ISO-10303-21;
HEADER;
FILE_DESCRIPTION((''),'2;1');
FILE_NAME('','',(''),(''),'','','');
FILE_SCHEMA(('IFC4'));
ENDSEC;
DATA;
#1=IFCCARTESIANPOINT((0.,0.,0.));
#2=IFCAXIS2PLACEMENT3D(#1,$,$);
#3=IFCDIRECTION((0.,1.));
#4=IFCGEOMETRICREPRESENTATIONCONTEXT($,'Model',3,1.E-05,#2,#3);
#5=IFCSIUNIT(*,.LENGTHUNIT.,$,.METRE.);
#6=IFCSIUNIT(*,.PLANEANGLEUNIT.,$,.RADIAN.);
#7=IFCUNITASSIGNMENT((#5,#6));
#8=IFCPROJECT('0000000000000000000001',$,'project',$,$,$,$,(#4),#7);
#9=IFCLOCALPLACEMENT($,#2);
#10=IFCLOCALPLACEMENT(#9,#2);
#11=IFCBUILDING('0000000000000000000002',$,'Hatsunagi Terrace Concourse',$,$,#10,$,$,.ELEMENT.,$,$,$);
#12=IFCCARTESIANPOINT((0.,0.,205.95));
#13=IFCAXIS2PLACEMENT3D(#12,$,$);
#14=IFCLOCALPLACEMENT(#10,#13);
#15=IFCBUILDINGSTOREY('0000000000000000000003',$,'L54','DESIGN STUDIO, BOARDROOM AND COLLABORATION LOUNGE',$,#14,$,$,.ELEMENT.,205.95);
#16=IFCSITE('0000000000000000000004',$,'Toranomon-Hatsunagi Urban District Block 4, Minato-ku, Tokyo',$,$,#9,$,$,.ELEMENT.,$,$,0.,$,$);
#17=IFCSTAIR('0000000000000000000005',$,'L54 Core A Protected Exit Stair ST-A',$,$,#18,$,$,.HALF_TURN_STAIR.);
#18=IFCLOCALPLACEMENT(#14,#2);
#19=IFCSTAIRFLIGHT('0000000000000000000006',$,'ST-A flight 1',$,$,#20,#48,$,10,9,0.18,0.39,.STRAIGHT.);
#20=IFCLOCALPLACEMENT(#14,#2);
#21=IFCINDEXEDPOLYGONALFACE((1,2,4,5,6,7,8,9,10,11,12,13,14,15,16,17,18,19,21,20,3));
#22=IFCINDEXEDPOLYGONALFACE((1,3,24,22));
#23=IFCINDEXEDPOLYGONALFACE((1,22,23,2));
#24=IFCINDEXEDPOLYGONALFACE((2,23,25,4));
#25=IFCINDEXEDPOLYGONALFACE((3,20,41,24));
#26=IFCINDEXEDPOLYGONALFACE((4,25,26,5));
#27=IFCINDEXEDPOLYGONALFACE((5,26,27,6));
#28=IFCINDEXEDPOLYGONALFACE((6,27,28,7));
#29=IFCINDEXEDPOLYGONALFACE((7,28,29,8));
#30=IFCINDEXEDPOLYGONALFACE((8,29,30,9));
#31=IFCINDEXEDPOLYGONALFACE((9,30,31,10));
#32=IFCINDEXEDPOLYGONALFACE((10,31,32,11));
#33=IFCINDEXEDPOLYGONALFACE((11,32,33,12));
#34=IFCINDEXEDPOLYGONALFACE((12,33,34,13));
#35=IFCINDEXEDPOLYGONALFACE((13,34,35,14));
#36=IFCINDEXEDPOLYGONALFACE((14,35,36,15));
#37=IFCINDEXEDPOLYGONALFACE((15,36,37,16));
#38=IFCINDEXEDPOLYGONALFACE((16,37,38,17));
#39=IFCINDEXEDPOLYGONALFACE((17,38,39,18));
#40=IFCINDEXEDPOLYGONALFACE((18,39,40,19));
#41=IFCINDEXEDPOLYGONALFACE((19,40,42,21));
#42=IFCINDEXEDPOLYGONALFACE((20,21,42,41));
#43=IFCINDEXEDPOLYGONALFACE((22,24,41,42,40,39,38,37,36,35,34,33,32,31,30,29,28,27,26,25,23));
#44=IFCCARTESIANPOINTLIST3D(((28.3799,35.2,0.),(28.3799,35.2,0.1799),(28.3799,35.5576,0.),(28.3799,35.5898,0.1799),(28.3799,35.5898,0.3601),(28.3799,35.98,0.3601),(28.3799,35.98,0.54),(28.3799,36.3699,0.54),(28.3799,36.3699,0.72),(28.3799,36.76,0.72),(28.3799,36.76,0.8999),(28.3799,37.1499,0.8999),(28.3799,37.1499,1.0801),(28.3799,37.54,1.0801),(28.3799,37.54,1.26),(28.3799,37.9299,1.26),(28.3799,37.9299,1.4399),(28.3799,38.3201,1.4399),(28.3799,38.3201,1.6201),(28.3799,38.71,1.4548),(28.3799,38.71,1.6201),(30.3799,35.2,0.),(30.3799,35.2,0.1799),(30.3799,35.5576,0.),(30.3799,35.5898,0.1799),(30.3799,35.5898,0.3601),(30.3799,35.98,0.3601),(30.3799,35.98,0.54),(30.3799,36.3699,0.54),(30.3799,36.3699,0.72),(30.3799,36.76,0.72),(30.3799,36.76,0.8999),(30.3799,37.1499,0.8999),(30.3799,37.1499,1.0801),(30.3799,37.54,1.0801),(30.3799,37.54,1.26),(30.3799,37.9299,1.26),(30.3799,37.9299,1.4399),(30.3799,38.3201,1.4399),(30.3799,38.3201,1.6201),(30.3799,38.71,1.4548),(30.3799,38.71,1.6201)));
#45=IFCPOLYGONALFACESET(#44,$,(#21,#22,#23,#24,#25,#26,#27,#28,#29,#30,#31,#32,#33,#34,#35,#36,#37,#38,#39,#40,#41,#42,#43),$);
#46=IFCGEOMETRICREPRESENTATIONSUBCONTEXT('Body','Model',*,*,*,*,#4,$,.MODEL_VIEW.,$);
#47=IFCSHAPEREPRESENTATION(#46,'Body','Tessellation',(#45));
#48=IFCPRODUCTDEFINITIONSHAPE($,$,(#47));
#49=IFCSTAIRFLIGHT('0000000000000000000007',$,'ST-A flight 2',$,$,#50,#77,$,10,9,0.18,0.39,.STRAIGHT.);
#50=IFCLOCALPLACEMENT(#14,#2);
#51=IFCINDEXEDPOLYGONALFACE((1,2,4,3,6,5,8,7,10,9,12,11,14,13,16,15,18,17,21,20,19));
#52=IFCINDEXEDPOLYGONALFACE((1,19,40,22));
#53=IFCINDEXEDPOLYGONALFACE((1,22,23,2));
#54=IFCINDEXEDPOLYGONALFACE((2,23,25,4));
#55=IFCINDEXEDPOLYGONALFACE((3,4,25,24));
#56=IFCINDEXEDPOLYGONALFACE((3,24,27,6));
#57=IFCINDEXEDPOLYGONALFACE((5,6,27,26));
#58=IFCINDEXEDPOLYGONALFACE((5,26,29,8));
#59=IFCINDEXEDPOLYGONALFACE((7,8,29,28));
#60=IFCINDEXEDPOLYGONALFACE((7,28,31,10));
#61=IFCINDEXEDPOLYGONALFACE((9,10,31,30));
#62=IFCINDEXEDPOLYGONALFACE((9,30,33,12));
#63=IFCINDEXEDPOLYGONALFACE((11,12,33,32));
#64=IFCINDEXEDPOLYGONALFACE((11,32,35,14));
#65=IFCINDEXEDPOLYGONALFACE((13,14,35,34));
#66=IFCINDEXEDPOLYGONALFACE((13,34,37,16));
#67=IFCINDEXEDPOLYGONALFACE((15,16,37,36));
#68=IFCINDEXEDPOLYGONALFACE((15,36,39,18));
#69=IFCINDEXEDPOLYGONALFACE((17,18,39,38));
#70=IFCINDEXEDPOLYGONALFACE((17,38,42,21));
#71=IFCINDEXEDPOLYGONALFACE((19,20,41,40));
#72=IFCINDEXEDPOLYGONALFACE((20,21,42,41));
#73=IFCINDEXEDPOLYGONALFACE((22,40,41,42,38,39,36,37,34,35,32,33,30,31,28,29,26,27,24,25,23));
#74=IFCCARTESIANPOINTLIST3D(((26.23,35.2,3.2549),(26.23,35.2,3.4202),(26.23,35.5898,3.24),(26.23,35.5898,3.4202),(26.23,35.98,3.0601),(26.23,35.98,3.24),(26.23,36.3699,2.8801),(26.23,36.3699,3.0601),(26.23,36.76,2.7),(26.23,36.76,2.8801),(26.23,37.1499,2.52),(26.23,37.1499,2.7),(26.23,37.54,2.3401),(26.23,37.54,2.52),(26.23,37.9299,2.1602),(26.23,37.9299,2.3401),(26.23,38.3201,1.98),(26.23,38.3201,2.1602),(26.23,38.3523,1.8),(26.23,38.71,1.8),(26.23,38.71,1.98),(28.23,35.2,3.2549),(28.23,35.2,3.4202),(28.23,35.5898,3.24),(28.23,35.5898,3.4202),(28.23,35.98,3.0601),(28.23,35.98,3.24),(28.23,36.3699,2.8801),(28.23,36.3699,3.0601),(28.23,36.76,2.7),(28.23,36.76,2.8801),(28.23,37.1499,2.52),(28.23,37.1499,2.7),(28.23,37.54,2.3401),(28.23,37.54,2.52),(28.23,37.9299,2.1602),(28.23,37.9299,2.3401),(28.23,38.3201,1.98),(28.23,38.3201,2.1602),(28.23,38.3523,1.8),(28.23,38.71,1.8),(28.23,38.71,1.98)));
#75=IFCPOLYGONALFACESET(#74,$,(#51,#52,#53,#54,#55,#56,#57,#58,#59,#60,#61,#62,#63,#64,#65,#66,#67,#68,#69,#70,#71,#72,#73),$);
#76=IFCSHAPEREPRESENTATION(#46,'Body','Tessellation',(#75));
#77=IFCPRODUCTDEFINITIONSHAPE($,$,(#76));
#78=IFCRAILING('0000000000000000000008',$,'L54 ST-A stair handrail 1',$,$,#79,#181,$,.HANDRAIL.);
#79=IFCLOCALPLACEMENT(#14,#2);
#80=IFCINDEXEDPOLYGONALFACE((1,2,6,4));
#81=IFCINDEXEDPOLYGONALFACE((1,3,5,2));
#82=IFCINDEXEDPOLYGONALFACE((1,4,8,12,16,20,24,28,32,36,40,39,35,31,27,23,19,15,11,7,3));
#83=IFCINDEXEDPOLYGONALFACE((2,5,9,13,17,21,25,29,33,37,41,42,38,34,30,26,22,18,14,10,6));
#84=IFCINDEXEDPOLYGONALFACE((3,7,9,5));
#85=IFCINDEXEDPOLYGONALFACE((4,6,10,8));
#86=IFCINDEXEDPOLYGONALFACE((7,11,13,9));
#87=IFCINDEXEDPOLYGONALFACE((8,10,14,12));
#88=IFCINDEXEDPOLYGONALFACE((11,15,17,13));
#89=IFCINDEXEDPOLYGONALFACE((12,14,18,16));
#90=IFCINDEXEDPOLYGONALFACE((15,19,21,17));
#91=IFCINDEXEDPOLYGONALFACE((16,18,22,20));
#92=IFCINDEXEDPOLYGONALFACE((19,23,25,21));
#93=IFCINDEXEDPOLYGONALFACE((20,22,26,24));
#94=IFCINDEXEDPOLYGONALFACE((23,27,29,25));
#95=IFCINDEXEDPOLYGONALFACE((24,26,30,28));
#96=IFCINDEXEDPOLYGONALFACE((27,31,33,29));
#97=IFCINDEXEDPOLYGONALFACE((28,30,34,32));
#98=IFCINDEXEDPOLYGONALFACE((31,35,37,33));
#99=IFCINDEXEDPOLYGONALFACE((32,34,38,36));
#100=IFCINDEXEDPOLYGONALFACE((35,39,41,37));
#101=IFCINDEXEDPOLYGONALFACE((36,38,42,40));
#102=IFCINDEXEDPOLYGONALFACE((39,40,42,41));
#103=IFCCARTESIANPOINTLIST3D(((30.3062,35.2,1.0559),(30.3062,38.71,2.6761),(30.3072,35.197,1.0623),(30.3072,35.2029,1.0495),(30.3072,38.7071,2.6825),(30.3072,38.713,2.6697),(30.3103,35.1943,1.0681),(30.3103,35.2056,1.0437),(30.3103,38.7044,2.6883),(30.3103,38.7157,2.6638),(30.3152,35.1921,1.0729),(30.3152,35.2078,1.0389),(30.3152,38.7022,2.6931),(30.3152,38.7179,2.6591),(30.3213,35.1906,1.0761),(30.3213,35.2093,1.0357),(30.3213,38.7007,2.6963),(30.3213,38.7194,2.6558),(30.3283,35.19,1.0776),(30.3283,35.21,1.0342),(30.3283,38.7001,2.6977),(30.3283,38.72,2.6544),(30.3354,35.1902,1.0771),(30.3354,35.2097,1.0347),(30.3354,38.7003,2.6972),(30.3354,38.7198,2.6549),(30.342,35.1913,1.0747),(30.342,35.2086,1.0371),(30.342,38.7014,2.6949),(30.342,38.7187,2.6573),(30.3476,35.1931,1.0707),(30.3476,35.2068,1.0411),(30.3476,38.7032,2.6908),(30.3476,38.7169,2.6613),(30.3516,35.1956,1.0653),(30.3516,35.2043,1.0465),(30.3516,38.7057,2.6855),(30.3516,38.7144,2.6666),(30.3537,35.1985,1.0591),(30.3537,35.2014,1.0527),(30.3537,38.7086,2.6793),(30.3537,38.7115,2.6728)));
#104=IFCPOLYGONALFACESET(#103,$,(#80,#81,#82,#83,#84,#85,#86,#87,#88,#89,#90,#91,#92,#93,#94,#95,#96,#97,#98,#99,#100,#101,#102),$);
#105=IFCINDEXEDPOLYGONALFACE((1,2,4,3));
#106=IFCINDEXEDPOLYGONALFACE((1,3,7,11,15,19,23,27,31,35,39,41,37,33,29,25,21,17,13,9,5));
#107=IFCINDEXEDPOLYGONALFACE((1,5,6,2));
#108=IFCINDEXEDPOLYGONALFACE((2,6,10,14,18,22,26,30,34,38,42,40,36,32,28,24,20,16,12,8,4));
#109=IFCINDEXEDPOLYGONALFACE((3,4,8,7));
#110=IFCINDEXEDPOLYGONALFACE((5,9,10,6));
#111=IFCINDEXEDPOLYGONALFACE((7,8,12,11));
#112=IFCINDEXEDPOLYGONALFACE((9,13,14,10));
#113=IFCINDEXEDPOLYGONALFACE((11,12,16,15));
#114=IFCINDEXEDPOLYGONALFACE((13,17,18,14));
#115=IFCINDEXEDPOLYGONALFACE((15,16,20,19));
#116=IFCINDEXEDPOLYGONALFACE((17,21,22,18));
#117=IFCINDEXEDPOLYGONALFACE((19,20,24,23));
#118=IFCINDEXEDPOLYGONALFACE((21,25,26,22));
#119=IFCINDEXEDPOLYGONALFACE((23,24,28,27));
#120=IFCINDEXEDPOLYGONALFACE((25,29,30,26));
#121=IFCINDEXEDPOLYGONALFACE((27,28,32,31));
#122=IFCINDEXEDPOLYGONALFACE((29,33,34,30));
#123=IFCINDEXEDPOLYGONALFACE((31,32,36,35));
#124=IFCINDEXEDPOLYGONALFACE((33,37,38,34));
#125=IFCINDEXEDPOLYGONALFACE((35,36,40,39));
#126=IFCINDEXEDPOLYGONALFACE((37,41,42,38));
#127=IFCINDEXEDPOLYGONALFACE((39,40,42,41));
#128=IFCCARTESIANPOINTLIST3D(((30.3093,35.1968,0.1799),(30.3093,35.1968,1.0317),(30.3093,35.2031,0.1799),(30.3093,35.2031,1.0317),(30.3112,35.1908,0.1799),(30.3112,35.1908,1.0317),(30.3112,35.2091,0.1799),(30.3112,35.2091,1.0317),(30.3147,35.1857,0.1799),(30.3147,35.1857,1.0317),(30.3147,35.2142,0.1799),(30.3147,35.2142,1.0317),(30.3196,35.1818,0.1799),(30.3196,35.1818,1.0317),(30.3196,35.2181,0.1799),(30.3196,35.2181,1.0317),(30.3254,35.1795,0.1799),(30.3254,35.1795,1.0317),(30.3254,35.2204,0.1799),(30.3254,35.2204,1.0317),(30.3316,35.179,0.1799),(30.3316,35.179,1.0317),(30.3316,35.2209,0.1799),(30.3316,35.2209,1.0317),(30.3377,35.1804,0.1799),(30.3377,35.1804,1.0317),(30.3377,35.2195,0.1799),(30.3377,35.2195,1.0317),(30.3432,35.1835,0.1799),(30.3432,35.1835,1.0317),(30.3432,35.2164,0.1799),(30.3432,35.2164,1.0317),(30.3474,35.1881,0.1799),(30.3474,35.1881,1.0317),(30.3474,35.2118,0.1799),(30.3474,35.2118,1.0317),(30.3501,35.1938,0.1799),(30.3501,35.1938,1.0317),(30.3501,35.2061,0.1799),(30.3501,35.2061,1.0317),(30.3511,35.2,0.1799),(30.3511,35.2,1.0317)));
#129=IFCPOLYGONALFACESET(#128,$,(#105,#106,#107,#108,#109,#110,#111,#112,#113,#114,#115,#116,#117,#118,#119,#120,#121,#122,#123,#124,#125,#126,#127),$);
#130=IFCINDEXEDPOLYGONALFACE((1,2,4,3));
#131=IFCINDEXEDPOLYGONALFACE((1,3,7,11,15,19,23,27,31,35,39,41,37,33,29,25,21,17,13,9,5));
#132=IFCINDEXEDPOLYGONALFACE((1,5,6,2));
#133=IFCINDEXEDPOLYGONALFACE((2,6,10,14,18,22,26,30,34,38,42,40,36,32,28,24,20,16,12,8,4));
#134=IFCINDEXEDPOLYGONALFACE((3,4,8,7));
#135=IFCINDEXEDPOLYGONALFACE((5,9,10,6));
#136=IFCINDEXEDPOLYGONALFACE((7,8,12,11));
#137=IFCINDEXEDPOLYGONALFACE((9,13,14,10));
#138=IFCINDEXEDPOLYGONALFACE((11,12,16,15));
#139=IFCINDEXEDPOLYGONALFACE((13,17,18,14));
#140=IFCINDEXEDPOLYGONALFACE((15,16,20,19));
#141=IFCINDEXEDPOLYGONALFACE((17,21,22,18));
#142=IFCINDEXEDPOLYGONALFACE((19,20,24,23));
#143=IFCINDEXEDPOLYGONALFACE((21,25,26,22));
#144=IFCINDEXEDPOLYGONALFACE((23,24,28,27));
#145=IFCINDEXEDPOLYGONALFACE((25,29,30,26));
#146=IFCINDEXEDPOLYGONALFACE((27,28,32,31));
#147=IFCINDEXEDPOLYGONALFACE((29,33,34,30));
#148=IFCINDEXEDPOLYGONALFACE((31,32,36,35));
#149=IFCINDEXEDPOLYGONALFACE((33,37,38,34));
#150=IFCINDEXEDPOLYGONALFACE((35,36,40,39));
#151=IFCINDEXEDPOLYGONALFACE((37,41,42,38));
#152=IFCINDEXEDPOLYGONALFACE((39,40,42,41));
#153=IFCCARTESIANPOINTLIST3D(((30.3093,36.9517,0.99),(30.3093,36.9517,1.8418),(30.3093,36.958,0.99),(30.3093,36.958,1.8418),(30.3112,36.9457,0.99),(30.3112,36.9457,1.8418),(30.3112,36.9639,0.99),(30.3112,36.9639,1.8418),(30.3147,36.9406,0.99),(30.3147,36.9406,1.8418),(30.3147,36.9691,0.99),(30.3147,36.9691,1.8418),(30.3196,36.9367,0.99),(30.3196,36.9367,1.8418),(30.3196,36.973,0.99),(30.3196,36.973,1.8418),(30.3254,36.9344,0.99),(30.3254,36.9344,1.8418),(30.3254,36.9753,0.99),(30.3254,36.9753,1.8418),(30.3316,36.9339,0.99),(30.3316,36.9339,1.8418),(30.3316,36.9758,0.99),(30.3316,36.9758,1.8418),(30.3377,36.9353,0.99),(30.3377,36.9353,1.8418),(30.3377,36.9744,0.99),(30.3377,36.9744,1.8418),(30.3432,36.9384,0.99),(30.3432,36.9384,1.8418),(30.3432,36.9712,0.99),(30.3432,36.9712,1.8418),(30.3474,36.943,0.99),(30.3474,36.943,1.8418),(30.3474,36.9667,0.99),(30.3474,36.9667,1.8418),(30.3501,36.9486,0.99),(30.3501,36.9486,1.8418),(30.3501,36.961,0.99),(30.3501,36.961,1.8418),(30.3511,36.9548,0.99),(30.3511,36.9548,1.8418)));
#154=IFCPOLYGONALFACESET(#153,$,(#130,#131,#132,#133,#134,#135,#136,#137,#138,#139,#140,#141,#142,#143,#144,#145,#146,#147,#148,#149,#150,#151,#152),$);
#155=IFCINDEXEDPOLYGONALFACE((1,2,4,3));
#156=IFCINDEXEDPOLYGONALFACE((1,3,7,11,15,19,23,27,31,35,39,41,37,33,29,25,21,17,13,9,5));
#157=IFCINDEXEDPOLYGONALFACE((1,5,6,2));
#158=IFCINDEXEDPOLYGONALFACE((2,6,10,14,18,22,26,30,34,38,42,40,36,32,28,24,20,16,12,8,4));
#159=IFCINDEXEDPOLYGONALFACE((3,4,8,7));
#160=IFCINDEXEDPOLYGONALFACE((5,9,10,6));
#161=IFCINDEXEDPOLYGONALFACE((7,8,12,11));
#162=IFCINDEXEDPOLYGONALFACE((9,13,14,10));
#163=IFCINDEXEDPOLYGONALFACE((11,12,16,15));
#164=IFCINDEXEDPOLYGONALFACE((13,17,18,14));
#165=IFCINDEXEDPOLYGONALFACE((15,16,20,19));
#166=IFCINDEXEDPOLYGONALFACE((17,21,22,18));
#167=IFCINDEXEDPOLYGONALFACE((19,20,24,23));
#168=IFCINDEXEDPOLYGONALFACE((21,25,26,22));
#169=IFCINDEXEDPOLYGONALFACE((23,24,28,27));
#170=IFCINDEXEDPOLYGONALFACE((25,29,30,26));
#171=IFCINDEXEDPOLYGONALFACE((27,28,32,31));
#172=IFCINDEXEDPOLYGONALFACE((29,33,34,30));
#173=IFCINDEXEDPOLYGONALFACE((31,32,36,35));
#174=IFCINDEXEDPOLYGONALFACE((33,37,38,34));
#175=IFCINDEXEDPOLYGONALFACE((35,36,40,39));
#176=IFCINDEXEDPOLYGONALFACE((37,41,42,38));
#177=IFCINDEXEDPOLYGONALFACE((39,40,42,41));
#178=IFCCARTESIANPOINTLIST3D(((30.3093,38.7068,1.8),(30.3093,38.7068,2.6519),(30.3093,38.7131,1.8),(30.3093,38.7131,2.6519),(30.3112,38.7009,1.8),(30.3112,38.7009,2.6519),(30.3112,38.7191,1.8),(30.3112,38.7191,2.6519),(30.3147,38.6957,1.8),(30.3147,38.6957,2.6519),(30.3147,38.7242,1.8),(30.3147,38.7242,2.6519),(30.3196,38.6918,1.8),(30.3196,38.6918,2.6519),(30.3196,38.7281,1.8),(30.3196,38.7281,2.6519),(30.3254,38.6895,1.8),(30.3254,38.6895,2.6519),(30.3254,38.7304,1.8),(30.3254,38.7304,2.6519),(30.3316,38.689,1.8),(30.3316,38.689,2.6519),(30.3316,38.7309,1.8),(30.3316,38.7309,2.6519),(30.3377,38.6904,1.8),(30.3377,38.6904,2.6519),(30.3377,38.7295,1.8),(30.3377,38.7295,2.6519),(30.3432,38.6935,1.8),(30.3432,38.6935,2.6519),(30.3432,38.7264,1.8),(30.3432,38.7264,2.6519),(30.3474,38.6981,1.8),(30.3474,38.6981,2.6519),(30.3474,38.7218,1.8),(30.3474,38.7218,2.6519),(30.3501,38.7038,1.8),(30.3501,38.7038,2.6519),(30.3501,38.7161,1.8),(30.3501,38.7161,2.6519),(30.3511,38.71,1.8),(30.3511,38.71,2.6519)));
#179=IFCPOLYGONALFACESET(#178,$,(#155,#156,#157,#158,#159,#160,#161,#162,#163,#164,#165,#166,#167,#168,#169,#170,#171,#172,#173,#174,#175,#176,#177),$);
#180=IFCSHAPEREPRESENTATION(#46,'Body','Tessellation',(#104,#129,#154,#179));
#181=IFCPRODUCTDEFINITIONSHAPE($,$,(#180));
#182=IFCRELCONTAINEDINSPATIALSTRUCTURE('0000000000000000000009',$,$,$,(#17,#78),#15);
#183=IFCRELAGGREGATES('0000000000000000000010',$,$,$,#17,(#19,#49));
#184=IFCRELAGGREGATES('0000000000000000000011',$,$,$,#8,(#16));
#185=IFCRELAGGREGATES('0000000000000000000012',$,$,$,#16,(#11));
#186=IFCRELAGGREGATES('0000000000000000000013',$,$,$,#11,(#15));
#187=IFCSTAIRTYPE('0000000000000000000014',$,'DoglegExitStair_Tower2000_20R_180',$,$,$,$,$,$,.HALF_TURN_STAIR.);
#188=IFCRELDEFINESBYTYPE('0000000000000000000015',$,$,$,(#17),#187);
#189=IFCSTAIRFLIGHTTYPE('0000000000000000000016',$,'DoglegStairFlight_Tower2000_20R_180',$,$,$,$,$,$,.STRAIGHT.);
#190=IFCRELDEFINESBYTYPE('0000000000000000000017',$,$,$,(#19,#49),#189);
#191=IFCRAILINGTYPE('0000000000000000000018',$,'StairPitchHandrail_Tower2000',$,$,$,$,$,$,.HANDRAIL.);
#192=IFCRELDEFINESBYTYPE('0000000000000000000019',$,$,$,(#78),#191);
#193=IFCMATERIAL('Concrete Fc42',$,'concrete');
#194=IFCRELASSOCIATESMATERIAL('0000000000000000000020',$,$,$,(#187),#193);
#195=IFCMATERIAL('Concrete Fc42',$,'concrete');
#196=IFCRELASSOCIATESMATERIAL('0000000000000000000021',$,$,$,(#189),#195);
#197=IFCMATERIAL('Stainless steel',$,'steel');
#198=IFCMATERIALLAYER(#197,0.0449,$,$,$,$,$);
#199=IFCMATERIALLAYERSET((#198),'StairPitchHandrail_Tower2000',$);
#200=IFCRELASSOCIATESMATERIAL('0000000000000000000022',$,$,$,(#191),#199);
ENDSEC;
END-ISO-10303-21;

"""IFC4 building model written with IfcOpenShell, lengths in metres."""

from ifc_helpers import new_model, si_unit, direction, frame, origin, origin_2d, place, context, subcontext, project, spatial, polyline, circle, outline, extrude, material, layer, layer_set, type_object, element, aggregate, save


model = new_model("IFC4")

# Units and contexts
model_context = context("Model", 3, precision=1e-05, world=origin(), true_north=direction((0.0, 1.0)))
body_context = subcontext(model_context, "Body", "Model", "MODEL_VIEW")
ifc_project = project(units=[si_unit("LENGTHUNIT", "METRE"), si_unit("PLANEANGLEUNIT", "RADIAN")], contexts=[model_context])

# Site, building, storey
site_placement = place(None, origin())
site = spatial("IfcSite", under=ifc_project, at=site_placement, Name="Toranomon-Hatsunagi Urban District Block 4, Minato-ku, Tokyo", CompositionType="ELEMENT", RefElevation=0.0)
building_placement = place(site_placement, origin())
building = spatial("IfcBuilding", under=site, at=building_placement, Name="Hatsunagi Terrace Concourse", CompositionType="ELEMENT")
storey_placement = place(building_placement, frame((0.0, 0.0, 205.95)))
storey = spatial("IfcBuildingStorey", under=building, at=storey_placement, Name="L54", Description="DESIGN STUDIO, BOARDROOM AND COLLABORATION LOUNGE", CompositionType="ELEMENT", Elevation=205.95)

# Stair, stair flights
ifc_material_1 = material(Name="Concrete Fc42", Category="concrete")
stair_type = type_object("IfcStairType", Name="DoglegExitStair_Tower2000_20R_180", PredefinedType="HALF_TURN_STAIR", material=ifc_material_1)
stair_placement = place(storey_placement, origin())
stair = element("IfcStair", 1, at=stair_placement, inside=storey, type_object=stair_type, Name="L54 Core A Protected Exit Stair ST-A", PredefinedType="HALF_TURN_STAIR")
ifc_material_2 = material(Name="Concrete Fc42", Category="concrete")
stair_flight_type = type_object("IfcStairFlightType", Name="DoglegStairFlight_Tower2000_20R_180", PredefinedType="STRAIGHT", material=ifc_material_2)
stair_flight_1_placement = place(storey_placement, frame((29.3799, 35.2, 0.0), z_axis=(0.0, 0.0, 1.0), x_axis=(0.0, 1.0, 0.0)))
stair_flight_1 = element("IfcStairFlight", 2, at=stair_flight_1_placement, type_object=stair_flight_type, Name="ST-A flight 1", NumberOfRisers=10, NumberOfTreads=9, PredefinedType="STRAIGHT", RiserHeight=0.18, TreadLength=0.39, context=body_context, shape_type="SweptSolid", body=[
    extrude(outline(polyline([(0.0, 0.0), (0.0, 0.1799), (0.3899, 0.1799), (0.3899, 0.3601), (0.78, 0.3601), (0.78, 0.54), (1.1699, 0.54), (1.1699, 0.72), (1.5601, 0.72), (1.5601, 0.8999), (1.95, 0.8999), (1.95, 1.0801), (2.3401, 1.0801), (2.3401, 1.26), (2.73, 1.26), (2.73, 1.4399), (3.1201, 1.4399), (3.1201, 1.6201), (3.51, 1.6201), (3.51, 1.8), (3.51, 1.4548), (0.3577, 0.0), (0.0, 0.0)])), frame((0.0, 1.0, 0.0), z_axis=(0.0, -1.0, 0.0), x_axis=(1.0, 0.0, 0.0)), (0.0, 0.0, 1.0), 2.0),
])
stair_flight_2_placement = place(storey_placement, frame((27.23, 38.71, 1.8), z_axis=(0.0, 0.0, 1.0), x_axis=(0.0, -1.0, 0.0)))
stair_flight_2 = element("IfcStairFlight", 3, at=stair_flight_2_placement, type_object=stair_flight_type, Name="ST-A flight 2", NumberOfRisers=10, NumberOfTreads=9, PredefinedType="STRAIGHT", RiserHeight=0.18, TreadLength=0.39, context=body_context, shape_type="SweptSolid", body=[
    extrude(outline(polyline([(0.0, 0.0), (0.0, 0.1799), (0.3899, 0.1799), (0.3899, 0.3601), (0.78, 0.3601), (0.78, 0.54), (1.1699, 0.54), (1.1699, 0.72), (1.5601, 0.72), (1.5601, 0.8999), (1.95, 0.8999), (1.95, 1.0801), (2.3401, 1.0801), (2.3401, 1.26), (2.73, 1.26), (2.73, 1.4399), (3.1201, 1.4399), (3.1201, 1.6201), (3.51, 1.6201), (3.51, 1.8), (3.51, 1.4548), (0.3577, 0.0), (0.0, 0.0)])), frame((0.0, 1.0, 0.0), z_axis=(0.0, -1.0, 0.0), x_axis=(1.0, 0.0, 0.0)), (0.0, 0.0, 1.0), 2.0),
])
aggregate(stair, [stair_flight_1, stair_flight_2])

# Railing
ifc_material_3 = material(Name="Stainless steel", Category="steel")
ifc_layer_1 = layer(ifc_material_3, 0.0449)
ifc_layer_set_1 = layer_set([ifc_layer_1], Name="StairPitchHandrail_Tower2000")
railing_type_1 = type_object("IfcRailingType", Name="StairPitchHandrail_Tower2000", PredefinedType="HANDRAIL", material=ifc_layer_set_1)
railing_1_placement = place(storey_placement, frame((30.3301, 35.2, 0.1799)))
element("IfcRailing", 4, at=railing_1_placement, inside=storey, type_object=railing_type_1, Name="L54 ST-A stair handrail 1", PredefinedType="HANDRAIL", context=body_context, shape_type="SweptSolid", body=[
    extrude(circle(Radius=0.0239, at=origin_2d()), frame((0.0, 0.0, 0.876), z_axis=(0.0, 0.907948, 0.419082), x_axis=(-1.0, 0.0, 0.0)), (0.0, 0.0, 1.0), 3.866),
    extrude(circle(Radius=0.021, at=origin_2d()), origin(), (0.0, 0.0, 1.0), 0.8518),
    extrude(circle(Radius=0.021, at=origin_2d()), frame((0.0, 1.7549, 0.8101)), (0.0, 0.0, 1.0), 0.8518),
    extrude(circle(Radius=0.021, at=origin_2d()), frame((0.0, 3.51, 1.6201)), (0.0, 0.0, 1.0), 0.8518),
])

save(model, "model.ifc")
